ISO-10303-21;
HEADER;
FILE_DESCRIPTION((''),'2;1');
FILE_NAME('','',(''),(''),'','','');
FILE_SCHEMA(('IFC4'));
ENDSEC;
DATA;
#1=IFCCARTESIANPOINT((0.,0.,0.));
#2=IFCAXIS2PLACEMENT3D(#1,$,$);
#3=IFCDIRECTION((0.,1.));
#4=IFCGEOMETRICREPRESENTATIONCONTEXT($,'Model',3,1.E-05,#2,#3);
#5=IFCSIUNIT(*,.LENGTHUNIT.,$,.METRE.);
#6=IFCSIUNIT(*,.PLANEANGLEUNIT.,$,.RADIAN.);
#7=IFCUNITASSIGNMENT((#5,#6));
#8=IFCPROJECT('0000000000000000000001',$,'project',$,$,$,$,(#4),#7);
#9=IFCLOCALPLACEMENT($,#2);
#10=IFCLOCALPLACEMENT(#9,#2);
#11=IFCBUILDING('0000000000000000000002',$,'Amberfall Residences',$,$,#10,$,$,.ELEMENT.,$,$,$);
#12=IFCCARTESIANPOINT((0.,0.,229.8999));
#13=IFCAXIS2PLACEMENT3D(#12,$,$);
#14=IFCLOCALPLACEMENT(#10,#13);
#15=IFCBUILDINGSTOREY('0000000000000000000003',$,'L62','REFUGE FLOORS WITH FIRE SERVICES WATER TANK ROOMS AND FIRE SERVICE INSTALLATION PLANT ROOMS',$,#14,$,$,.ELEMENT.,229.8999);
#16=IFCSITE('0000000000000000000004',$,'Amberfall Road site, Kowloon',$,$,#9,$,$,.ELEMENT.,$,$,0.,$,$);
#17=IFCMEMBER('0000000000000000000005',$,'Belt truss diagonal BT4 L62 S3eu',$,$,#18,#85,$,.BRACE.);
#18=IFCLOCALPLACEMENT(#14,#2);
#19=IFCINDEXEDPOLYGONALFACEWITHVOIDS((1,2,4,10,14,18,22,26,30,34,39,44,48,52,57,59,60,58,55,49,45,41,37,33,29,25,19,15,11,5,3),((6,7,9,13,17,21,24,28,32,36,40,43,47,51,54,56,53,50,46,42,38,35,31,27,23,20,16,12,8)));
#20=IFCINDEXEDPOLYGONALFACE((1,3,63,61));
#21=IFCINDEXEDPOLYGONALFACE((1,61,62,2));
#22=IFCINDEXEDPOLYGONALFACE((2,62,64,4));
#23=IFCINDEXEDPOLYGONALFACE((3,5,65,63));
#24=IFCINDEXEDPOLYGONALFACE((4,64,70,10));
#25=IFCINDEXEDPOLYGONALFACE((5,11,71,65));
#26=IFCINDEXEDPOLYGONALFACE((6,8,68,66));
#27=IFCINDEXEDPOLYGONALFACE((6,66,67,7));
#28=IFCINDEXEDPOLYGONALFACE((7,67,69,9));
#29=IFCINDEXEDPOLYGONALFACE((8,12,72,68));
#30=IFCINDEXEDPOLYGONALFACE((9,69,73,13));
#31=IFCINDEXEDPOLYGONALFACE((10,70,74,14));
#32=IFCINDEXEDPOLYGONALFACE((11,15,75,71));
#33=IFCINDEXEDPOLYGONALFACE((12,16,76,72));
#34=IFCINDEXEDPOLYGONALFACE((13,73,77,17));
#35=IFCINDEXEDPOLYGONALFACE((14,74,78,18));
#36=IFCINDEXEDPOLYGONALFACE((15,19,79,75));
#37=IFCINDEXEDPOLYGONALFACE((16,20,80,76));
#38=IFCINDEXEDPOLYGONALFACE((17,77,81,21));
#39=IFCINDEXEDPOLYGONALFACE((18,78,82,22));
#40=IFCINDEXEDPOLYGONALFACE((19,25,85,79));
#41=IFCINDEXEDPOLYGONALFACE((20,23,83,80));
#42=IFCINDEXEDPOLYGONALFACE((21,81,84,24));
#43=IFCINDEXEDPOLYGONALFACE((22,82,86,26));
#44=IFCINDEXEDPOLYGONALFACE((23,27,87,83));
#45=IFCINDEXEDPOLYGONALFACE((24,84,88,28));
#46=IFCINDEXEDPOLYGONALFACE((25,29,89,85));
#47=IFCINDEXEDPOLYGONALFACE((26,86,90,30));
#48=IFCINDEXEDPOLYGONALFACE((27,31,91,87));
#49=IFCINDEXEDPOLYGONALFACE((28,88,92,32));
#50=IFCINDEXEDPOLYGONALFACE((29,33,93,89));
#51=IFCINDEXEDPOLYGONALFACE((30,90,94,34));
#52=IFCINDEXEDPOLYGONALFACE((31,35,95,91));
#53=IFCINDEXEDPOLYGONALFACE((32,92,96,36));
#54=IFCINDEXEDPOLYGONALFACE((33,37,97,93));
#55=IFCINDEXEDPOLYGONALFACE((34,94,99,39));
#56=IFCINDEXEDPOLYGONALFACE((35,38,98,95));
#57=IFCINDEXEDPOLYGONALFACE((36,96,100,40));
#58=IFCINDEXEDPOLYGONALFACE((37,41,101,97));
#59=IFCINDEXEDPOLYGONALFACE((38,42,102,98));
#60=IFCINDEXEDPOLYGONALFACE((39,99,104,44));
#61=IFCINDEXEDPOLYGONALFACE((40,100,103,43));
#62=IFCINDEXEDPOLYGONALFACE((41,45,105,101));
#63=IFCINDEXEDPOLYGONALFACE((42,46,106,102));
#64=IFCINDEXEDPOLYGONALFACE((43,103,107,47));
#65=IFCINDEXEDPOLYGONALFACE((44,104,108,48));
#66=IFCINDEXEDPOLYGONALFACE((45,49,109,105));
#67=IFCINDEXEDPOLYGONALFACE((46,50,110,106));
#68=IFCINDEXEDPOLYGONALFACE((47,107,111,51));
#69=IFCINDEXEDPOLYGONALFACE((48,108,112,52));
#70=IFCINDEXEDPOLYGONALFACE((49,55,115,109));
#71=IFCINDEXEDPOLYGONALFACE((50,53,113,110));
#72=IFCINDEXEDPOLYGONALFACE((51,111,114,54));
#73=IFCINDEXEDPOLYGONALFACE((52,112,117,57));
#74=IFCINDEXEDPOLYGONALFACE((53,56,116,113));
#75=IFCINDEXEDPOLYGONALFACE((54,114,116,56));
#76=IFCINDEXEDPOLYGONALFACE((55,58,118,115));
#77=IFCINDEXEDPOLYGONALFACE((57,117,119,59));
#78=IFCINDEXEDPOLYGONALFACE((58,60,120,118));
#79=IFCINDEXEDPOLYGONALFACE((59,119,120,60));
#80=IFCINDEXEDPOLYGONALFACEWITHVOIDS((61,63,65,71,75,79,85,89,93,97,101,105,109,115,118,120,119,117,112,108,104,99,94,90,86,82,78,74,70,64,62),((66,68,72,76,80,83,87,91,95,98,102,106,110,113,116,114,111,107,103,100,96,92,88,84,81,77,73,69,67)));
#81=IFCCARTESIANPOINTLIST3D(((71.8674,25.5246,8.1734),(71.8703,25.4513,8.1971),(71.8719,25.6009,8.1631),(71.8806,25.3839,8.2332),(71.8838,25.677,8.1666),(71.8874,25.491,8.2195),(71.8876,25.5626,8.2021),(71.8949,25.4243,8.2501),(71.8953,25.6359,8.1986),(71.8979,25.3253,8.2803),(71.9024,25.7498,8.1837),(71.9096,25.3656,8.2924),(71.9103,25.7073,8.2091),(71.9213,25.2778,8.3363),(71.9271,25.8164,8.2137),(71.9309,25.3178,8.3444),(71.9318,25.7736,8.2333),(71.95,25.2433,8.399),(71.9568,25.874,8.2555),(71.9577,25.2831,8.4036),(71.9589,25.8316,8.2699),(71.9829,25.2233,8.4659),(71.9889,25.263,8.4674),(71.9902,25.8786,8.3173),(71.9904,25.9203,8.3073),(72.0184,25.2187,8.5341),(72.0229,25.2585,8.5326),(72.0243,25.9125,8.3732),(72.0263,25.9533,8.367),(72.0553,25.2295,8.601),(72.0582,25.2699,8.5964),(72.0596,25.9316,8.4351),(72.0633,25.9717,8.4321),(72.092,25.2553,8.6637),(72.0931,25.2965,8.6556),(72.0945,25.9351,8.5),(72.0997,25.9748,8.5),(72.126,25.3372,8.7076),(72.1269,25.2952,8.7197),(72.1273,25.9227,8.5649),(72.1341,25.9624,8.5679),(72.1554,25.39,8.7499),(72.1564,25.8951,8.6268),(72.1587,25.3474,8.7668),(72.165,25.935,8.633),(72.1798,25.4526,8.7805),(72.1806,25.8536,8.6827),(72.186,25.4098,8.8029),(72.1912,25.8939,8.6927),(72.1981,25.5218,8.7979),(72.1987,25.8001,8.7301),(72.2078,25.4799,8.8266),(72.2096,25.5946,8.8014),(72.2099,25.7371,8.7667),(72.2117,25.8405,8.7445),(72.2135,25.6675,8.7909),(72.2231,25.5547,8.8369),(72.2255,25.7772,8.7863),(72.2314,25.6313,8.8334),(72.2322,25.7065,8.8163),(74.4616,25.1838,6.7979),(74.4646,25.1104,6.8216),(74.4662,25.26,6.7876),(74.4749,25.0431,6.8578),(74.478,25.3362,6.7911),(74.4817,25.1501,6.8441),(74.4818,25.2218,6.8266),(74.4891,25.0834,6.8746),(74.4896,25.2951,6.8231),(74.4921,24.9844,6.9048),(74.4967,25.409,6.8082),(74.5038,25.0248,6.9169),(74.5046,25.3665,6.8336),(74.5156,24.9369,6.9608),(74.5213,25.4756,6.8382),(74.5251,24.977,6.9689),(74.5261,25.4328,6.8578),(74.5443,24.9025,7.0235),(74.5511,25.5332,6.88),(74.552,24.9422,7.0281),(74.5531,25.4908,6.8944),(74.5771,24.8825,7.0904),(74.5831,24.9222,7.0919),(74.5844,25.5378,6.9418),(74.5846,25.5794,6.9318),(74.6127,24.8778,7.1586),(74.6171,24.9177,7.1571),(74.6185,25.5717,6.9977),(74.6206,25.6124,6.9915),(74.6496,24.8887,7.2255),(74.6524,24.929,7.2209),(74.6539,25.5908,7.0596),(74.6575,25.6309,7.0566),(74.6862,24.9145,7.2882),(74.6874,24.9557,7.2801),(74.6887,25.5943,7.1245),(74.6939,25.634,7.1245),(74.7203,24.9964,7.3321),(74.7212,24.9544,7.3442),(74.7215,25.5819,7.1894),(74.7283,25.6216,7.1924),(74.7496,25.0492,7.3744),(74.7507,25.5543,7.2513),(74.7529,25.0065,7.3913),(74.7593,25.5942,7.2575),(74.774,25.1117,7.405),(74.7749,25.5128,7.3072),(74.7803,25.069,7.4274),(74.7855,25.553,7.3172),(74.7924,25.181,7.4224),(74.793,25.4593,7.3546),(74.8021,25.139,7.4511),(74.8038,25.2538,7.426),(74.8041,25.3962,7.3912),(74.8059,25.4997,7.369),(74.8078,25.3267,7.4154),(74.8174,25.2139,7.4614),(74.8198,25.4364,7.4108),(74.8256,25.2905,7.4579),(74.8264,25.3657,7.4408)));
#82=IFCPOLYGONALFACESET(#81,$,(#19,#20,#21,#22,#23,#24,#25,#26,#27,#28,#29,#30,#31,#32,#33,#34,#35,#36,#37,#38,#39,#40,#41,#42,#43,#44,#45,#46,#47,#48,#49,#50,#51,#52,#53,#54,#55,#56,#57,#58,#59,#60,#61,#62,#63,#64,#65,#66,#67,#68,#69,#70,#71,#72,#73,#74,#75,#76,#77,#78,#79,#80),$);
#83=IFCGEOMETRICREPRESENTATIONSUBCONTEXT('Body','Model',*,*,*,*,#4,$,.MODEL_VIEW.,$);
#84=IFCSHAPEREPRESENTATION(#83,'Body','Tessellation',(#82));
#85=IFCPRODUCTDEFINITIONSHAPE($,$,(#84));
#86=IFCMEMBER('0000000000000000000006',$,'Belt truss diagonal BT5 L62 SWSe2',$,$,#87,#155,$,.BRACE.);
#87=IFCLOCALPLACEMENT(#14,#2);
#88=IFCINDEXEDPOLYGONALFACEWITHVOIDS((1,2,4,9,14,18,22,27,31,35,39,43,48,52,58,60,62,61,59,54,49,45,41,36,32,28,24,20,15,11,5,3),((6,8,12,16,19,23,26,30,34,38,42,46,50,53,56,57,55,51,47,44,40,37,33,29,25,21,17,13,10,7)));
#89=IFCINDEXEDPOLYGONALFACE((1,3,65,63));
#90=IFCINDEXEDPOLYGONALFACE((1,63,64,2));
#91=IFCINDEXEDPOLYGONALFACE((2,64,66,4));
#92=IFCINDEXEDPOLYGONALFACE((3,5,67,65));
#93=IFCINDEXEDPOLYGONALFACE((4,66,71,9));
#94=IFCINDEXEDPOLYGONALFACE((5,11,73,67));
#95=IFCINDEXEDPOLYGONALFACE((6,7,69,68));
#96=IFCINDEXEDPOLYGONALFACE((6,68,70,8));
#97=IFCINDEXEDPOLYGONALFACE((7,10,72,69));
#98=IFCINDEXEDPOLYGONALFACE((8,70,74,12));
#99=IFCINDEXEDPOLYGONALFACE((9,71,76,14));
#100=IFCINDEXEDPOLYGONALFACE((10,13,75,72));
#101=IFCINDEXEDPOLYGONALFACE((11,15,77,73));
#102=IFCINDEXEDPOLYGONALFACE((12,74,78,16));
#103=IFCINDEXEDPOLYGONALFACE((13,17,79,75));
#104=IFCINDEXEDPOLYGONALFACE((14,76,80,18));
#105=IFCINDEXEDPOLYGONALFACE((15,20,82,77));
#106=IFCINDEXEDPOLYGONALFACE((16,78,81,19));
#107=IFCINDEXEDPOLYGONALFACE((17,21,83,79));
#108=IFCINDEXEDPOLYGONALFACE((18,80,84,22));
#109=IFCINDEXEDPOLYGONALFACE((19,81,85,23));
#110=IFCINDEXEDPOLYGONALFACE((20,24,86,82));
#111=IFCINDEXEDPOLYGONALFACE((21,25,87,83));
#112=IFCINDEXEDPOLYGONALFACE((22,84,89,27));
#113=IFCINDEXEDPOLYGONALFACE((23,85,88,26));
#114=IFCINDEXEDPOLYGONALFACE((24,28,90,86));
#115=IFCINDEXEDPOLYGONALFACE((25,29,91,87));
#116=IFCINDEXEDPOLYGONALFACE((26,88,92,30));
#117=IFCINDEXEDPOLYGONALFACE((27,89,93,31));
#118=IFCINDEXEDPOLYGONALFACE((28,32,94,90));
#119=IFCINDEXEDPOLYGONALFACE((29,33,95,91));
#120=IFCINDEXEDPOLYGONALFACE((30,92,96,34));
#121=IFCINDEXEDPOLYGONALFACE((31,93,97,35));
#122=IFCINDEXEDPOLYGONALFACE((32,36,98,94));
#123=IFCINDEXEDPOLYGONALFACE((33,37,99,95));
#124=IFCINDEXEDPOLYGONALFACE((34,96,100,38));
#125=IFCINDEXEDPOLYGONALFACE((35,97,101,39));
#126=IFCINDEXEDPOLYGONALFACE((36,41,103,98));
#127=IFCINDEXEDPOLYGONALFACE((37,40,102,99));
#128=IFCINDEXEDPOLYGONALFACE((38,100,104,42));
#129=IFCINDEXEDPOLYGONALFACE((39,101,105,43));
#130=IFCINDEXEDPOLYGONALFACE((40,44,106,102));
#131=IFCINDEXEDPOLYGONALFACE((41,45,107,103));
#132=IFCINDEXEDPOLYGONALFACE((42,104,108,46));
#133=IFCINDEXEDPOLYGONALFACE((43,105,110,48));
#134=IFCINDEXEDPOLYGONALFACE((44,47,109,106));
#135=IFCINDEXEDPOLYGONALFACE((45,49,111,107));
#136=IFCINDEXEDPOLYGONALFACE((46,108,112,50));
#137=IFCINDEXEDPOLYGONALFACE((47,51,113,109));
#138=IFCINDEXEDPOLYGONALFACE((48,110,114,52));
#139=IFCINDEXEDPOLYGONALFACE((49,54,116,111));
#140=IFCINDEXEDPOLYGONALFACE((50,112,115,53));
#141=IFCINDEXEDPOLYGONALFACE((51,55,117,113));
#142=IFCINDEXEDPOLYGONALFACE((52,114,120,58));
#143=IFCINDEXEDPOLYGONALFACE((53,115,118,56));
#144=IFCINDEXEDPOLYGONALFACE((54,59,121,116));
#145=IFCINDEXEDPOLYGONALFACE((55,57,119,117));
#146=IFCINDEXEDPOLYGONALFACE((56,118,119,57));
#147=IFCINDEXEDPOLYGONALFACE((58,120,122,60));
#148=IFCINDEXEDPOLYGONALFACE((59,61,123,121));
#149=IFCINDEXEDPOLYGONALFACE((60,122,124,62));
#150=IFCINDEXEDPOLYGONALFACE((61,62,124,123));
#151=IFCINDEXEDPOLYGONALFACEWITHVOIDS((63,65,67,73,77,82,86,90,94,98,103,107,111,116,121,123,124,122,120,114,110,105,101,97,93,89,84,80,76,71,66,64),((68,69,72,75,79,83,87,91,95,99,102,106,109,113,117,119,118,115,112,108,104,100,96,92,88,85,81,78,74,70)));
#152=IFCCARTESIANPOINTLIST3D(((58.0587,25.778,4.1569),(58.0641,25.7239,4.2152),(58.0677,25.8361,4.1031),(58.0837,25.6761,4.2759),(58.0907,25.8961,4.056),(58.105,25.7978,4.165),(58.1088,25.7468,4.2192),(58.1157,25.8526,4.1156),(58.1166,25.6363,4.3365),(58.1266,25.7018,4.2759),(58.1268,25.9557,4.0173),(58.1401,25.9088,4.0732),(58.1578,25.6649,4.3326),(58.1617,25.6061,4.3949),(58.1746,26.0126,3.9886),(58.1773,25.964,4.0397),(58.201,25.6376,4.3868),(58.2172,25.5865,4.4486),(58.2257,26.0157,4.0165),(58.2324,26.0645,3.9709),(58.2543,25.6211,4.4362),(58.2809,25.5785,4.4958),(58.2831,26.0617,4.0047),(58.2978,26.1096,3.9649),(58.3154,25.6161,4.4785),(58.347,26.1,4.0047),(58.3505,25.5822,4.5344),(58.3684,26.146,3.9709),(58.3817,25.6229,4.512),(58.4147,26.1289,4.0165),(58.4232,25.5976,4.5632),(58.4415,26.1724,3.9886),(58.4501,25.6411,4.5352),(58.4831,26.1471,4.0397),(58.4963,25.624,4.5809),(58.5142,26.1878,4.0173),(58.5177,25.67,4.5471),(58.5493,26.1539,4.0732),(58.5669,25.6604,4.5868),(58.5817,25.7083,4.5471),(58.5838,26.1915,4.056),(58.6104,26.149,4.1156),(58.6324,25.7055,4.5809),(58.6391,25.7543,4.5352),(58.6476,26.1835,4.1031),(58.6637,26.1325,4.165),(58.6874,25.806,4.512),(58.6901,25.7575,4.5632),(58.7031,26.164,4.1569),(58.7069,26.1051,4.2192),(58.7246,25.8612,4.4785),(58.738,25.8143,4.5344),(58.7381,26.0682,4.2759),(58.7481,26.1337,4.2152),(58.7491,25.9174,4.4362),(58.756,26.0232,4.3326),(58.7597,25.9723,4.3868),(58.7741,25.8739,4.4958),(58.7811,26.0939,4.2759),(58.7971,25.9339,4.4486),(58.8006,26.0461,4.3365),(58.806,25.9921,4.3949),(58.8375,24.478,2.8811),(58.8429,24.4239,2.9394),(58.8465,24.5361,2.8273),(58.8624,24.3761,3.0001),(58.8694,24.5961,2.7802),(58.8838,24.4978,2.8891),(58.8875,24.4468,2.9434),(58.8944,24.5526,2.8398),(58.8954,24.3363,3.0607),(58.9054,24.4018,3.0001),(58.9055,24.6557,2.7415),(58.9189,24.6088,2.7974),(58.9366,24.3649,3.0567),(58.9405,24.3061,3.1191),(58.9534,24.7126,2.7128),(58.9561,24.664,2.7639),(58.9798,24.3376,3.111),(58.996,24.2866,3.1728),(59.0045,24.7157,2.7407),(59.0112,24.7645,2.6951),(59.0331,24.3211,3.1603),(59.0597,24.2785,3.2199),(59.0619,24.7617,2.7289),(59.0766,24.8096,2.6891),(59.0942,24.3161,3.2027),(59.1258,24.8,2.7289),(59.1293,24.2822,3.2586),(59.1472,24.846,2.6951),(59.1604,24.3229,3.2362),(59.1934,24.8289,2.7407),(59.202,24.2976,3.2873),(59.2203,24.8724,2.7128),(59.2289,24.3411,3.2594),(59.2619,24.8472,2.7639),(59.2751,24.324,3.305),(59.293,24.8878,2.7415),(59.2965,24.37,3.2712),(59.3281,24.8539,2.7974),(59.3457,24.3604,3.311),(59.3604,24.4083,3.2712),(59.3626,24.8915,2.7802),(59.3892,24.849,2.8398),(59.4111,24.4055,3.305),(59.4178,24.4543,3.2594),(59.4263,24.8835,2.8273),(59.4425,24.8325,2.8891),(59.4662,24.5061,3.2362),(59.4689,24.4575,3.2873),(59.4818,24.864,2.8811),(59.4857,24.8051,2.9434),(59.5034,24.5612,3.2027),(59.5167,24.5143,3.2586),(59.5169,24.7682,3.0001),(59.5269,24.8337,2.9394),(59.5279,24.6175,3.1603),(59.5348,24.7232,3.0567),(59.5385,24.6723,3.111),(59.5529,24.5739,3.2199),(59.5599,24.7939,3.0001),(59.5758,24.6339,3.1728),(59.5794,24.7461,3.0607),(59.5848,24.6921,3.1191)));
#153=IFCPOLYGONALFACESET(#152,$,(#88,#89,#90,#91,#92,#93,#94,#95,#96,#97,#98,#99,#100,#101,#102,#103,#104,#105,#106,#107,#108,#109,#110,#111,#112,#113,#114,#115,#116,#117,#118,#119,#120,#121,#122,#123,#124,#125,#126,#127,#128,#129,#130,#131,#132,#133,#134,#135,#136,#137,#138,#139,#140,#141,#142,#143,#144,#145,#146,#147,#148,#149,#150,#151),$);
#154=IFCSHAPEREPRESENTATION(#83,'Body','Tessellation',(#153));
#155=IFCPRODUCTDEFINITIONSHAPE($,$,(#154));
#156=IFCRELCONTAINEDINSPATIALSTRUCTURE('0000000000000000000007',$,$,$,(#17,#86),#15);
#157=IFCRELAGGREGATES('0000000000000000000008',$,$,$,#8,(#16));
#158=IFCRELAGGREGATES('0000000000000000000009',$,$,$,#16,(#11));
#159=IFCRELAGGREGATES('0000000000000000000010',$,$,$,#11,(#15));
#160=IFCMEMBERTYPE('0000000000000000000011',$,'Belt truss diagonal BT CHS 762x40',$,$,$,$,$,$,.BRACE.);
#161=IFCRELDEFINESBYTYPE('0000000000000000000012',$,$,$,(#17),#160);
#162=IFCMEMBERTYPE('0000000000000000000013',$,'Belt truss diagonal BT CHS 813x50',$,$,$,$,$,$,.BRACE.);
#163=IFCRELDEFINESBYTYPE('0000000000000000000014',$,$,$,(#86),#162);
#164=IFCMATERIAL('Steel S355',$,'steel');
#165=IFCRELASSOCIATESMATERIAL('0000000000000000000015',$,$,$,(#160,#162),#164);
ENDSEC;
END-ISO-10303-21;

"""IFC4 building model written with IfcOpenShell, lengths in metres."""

from ifc_helpers import new_model, si_unit, direction, frame, origin, origin_2d, place, context, subcontext, project, spatial, hollow_circle, extrude, material, material_profile, profile_set, type_object, element, save


model = new_model("IFC4")

# Units and contexts
model_context = context("Model", 3, precision=1e-05, world=origin(), true_north=direction((0.0, 1.0)))
body_context = subcontext(model_context, "Body", "Model", "MODEL_VIEW")
ifc_project = project(units=[si_unit("LENGTHUNIT", "METRE"), si_unit("PLANEANGLEUNIT", "RADIAN")], contexts=[model_context])

# Site, building, storey
site_placement = place(None, origin())
site = spatial("IfcSite", under=ifc_project, at=site_placement, Name="Amberfall Road site, Kowloon", CompositionType="ELEMENT", RefElevation=0.0)
building_placement = place(site_placement, origin())
building = spatial("IfcBuilding", under=site, at=building_placement, Name="Amberfall Residences", CompositionType="ELEMENT")
storey_placement = place(building_placement, frame((0.0, 0.0, 229.8999)))
storey = spatial("IfcBuildingStorey", under=building, at=storey_placement, Name="L62", Description="REFUGE FLOORS WITH FIRE SERVICES WATER TANK ROOMS AND FIRE SERVICE INSTALLATION PLANT ROOMS", CompositionType="ELEMENT", Elevation=229.8999)

# Members
ifc_material_1 = material(Name="Steel S355", Category="steel")
ifc_material_profile_1 = material_profile(ifc_material_1, hollow_circle(Radius=0.3811, WallThickness=0.04, at=origin_2d()), Name="CHS 762x40")
ifc_profile_set_1 = profile_set([ifc_material_profile_1], Name="Steel S355")
member_type_1 = type_object("IfcMemberType", Name="Belt truss diagonal BT CHS 762x40", PredefinedType="BRACE", material=ifc_profile_set_1)
member_1_placement = place(storey_placement, frame((72.05, 25.5969, 8.5), z_axis=(0.877605, -0.115296, -0.465314), x_axis=(0.130257, 0.99148, 0.0)))
element("IfcMember", 1, at=member_1_placement, inside=storey, type_object=member_type_1, Name="Belt truss diagonal BT4 L62 S3eu", PredefinedType="BRACE", context=body_context, shape_type="SweptSolid", body=[
    extrude(hollow_circle(Radius=0.3811, WallThickness=0.04, at=origin_2d()), origin(), (0.0, 0.0, 1.0), 2.9561),
])
ifc_material_profile_2 = material_profile(ifc_material_1, hollow_circle(Radius=0.4065, WallThickness=0.05, at=origin_2d()), Name="CHS 813x50")
ifc_profile_set_2 = profile_set([ifc_material_profile_2], Name="Steel S355")
member_type_2 = type_object("IfcMemberType", Name="Belt truss diagonal BT CHS 813x50", PredefinedType="BRACE", material=ifc_profile_set_2)
member_2_placement = place(storey_placement, frame((58.4324, 25.885, 4.2759), z_axis=(0.39313, -0.656244, -0.644044), x_axis=(0.857848, 0.513903, 0.0)))
element("IfcMember", 2, at=member_2_placement, inside=storey, type_object=member_type_2, Name="Belt truss diagonal BT5 L62 SWSe2", PredefinedType="BRACE", context=body_context, shape_type="SweptSolid", body=[
    extrude(hollow_circle(Radius=0.4065, WallThickness=0.05, at=origin_2d()), origin(), (0.0, 0.0, 1.0), 1.981),
])

save(model, "model.ifc")
